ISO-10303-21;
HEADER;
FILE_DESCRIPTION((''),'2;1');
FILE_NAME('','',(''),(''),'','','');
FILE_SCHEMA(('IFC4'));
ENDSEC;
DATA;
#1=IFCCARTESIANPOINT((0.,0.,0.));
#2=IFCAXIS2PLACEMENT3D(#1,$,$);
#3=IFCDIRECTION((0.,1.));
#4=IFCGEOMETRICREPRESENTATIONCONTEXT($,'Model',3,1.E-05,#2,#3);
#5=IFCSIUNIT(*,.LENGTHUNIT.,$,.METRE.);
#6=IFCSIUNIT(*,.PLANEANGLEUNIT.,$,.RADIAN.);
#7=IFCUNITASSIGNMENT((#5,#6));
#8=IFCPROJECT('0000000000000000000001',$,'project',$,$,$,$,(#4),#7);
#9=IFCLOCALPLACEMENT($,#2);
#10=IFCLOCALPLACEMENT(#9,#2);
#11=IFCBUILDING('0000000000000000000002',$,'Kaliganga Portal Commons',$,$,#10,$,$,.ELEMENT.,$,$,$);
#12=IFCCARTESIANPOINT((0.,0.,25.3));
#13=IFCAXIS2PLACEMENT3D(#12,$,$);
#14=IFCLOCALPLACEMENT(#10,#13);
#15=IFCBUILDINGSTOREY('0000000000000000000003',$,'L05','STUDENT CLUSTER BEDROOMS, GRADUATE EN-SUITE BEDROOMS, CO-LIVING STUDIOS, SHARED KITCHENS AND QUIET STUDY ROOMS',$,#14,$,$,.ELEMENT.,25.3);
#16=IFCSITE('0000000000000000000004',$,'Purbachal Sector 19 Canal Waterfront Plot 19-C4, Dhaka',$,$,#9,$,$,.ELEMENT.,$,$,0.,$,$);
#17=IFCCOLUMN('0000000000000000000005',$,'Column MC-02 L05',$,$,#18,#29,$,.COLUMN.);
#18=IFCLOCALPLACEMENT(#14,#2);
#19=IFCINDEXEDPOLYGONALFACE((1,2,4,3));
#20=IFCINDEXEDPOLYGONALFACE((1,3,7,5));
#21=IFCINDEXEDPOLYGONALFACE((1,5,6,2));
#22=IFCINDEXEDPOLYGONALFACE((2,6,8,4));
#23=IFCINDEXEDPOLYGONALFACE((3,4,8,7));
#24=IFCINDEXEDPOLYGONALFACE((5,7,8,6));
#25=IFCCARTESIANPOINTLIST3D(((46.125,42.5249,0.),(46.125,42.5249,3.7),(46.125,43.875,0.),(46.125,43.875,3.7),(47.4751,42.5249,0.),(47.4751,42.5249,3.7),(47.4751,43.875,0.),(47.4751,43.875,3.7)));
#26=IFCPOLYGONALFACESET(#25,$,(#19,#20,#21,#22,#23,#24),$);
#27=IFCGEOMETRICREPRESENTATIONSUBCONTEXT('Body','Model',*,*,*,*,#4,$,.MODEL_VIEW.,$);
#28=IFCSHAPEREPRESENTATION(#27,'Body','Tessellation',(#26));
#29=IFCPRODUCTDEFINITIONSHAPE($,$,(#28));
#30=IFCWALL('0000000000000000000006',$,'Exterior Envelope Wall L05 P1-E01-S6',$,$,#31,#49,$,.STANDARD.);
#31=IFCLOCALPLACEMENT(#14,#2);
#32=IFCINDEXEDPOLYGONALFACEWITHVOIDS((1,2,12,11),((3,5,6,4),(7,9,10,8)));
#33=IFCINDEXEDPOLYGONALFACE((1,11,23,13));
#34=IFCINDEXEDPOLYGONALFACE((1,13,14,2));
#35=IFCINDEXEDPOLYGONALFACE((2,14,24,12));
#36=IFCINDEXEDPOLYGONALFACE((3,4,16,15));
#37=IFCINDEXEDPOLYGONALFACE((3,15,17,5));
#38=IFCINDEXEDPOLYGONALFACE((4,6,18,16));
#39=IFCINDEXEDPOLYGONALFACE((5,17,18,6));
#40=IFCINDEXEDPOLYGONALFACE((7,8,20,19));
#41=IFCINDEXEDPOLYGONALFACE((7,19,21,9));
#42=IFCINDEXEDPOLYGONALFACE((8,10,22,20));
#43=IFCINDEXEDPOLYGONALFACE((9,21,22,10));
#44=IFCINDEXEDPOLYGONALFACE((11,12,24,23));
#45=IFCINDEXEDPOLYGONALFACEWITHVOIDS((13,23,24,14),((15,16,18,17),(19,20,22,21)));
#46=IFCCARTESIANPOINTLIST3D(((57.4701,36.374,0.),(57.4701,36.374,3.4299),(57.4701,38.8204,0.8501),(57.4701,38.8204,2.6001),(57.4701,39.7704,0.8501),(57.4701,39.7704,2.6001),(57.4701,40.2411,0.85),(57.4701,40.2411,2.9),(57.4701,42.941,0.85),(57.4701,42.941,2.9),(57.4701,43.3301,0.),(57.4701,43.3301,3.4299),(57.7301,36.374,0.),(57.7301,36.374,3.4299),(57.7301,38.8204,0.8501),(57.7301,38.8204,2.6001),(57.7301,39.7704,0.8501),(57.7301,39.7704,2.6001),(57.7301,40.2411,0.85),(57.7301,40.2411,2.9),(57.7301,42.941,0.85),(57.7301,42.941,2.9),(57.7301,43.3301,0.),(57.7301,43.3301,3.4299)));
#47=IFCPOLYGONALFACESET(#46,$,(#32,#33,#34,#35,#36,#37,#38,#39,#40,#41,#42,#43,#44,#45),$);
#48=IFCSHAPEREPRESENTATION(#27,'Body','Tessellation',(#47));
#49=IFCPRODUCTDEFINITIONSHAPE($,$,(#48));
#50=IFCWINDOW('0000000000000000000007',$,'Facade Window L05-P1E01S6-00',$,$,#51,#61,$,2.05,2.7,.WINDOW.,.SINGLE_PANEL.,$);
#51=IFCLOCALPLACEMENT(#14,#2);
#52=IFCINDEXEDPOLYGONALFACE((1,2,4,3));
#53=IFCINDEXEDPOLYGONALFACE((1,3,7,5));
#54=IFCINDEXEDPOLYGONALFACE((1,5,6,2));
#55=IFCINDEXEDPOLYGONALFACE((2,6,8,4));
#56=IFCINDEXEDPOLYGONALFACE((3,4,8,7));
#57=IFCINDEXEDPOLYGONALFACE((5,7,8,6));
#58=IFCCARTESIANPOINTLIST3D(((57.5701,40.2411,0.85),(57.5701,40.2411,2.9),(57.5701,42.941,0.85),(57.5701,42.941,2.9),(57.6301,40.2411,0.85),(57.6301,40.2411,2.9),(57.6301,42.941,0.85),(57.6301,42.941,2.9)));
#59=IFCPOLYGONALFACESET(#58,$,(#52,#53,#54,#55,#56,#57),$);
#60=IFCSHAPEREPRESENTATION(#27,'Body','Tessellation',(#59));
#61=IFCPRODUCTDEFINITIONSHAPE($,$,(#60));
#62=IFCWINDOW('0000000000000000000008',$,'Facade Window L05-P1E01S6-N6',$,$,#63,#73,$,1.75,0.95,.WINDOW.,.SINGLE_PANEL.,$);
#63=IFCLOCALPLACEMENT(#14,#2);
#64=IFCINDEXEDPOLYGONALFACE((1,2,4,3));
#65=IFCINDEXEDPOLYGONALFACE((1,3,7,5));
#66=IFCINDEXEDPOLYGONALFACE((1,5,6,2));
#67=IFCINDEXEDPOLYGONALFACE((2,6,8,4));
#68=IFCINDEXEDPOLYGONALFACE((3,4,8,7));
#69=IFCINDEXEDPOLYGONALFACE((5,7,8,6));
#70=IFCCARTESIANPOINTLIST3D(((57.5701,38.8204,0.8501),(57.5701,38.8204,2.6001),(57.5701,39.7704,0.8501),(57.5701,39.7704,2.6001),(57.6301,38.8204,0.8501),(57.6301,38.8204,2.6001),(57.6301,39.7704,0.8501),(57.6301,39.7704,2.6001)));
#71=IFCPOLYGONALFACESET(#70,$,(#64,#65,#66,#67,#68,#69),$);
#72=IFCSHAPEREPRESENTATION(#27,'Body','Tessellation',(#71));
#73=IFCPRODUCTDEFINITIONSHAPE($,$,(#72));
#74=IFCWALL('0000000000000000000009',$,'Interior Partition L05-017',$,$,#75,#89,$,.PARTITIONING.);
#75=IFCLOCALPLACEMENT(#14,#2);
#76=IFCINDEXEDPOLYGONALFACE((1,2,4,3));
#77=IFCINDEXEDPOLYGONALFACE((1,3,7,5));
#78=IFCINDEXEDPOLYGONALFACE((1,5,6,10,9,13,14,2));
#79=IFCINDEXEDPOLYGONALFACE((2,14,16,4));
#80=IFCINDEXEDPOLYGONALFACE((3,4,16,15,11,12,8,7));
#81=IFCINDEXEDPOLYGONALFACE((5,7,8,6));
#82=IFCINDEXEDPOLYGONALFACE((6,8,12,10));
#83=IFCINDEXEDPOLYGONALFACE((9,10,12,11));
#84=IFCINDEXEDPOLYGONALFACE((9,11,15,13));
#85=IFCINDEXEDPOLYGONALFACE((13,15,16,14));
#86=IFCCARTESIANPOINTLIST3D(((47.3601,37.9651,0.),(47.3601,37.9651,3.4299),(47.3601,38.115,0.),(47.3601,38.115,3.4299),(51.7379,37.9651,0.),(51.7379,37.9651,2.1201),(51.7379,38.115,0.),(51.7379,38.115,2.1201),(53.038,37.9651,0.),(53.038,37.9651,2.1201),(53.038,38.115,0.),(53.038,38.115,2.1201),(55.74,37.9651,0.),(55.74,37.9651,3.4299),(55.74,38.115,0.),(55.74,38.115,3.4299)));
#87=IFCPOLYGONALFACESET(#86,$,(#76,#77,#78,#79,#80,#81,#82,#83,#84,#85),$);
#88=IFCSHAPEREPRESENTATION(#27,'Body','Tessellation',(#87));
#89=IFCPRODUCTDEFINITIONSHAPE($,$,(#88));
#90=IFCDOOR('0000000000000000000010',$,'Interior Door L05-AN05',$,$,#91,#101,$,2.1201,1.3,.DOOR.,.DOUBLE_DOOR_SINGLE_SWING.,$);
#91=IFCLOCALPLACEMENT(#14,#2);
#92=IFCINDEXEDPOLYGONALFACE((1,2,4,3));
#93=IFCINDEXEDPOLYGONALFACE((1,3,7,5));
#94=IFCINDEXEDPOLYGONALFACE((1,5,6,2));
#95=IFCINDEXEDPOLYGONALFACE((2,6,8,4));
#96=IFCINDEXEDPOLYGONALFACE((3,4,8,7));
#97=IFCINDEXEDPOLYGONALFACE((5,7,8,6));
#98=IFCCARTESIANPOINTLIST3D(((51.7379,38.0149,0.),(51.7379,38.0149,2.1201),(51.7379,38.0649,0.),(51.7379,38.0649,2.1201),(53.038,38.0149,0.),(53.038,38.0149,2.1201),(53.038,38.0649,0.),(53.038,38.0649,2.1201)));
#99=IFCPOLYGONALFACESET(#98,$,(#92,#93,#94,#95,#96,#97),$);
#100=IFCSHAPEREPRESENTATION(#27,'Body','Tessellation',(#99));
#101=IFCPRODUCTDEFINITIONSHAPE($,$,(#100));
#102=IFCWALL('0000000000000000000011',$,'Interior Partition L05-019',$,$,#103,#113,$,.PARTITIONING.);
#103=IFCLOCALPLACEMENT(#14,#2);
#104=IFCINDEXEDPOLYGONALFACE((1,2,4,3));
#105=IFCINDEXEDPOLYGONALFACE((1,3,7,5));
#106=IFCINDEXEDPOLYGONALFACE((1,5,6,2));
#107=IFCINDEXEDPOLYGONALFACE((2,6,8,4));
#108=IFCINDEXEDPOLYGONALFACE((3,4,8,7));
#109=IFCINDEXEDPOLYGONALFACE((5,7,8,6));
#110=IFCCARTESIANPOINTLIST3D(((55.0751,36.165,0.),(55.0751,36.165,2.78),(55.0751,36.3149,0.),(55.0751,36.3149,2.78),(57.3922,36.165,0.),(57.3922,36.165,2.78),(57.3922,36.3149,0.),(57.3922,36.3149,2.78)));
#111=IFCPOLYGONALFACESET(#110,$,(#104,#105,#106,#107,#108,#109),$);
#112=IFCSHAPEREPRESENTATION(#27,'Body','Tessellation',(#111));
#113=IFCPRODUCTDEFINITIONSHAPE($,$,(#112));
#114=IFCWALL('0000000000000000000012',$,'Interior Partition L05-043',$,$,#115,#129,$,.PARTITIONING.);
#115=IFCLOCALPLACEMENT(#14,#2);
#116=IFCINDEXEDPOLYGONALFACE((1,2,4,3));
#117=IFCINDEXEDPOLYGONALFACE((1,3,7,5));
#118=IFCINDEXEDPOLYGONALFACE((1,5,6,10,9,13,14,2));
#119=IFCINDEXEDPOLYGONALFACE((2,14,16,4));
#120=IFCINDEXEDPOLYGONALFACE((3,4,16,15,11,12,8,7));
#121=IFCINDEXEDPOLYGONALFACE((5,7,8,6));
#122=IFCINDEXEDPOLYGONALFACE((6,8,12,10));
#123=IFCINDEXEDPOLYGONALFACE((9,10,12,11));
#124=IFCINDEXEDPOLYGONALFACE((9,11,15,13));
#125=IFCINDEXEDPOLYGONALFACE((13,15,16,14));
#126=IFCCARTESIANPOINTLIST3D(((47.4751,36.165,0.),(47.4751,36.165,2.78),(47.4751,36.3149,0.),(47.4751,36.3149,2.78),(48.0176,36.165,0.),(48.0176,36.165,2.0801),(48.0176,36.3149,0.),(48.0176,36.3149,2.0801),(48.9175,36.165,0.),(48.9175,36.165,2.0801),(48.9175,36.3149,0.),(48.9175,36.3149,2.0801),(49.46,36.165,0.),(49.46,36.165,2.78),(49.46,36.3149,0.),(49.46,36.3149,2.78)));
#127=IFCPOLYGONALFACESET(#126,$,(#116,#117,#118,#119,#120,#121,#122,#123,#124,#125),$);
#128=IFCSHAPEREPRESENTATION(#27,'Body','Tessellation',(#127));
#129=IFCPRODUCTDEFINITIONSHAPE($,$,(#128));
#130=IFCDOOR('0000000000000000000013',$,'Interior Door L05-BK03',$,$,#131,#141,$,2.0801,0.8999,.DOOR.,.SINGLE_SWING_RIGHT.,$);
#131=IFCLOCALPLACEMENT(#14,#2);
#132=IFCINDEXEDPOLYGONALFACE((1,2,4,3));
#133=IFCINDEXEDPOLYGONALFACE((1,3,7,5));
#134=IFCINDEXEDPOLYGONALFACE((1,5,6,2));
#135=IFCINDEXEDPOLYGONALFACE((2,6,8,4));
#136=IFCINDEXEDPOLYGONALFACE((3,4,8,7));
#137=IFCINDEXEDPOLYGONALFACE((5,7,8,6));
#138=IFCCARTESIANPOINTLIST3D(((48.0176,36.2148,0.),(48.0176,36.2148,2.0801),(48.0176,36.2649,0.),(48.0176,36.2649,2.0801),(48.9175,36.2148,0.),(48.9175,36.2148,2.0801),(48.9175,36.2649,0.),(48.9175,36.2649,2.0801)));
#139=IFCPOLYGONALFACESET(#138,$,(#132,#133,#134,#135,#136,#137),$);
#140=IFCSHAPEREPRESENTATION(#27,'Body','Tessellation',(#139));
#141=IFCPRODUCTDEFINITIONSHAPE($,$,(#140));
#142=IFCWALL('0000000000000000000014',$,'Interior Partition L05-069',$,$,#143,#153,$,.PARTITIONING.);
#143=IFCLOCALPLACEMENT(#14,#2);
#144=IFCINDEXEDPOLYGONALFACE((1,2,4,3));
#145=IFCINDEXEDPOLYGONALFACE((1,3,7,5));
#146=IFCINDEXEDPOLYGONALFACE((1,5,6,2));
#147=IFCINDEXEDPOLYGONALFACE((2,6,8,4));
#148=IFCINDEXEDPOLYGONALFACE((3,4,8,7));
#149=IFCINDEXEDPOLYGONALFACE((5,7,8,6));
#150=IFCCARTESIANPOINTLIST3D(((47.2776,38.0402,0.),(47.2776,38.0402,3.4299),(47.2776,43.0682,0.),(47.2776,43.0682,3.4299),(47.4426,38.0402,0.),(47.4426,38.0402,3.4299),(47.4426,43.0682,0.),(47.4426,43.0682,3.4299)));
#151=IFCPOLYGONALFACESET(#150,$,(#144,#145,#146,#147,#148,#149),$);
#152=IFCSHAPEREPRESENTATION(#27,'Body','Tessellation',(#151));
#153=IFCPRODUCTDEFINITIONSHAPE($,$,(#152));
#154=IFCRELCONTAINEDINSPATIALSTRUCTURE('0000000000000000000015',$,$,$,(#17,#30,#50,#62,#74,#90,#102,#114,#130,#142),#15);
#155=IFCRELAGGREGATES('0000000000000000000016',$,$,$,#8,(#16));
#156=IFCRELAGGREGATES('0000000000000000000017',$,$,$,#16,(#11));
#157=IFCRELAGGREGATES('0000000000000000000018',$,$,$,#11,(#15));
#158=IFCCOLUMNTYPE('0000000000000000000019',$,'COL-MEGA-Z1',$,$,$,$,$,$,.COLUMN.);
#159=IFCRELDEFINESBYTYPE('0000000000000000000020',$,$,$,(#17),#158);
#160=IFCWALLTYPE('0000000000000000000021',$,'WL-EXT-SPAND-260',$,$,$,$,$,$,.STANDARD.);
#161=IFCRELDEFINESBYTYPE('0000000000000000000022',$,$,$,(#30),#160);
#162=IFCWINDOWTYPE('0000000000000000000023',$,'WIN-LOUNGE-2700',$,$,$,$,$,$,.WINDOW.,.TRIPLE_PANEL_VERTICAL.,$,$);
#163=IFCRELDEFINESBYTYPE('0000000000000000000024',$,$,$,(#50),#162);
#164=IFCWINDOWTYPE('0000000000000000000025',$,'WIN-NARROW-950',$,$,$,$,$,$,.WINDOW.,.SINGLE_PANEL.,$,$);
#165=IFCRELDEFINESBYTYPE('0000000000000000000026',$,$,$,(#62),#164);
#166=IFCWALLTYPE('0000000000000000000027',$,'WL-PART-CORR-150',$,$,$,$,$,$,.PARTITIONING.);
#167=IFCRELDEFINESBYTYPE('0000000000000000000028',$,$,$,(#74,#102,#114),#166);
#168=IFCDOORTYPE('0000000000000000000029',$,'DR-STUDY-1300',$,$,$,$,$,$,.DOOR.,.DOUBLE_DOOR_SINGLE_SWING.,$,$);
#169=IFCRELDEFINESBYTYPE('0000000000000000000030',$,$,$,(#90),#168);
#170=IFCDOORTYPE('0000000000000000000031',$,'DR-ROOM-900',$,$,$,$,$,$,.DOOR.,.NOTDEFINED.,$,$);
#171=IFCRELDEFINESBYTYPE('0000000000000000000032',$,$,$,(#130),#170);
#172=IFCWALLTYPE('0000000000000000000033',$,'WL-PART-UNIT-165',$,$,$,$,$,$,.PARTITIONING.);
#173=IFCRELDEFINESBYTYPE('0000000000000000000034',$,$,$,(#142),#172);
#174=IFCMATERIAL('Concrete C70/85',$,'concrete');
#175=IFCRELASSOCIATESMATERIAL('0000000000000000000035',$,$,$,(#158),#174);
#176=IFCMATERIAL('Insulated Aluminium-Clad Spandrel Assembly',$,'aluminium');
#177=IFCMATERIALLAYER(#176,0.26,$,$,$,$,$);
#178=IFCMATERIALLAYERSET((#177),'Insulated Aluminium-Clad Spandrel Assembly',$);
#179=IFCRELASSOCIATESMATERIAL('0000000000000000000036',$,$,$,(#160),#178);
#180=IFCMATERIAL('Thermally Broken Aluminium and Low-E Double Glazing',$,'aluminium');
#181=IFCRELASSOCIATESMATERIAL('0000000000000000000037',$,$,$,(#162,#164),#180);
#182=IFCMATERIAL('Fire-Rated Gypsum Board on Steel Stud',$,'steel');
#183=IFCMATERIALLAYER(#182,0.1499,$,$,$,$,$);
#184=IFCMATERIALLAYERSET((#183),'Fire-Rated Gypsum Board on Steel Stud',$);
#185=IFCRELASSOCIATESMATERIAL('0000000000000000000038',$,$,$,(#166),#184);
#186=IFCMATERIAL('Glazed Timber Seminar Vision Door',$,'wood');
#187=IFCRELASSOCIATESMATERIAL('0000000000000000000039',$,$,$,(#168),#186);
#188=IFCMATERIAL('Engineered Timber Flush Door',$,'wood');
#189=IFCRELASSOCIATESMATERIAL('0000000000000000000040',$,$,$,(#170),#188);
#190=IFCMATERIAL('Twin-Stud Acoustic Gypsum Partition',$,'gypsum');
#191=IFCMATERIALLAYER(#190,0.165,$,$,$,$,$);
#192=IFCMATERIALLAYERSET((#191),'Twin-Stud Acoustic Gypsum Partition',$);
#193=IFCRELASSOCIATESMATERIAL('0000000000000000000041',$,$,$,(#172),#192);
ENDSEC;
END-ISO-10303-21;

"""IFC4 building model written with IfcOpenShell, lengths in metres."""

from ifc_helpers import new_model, si_unit, direction, frame, frame_2d, origin, origin_2d, place, context, subcontext, project, spatial, rectangle, extrude, source, transform, mapped, material, layer, layer_set, material_profile, profile_set, type_object, element, fill, save


model = new_model("IFC4")

# Units and contexts
model_context = context("Model", 3, precision=1e-05, world=origin(), true_north=direction((0.0, 1.0)))
body_context = subcontext(model_context, "Body", "Model", "MODEL_VIEW")
ifc_project = project(units=[si_unit("LENGTHUNIT", "METRE"), si_unit("PLANEANGLEUNIT", "RADIAN")], contexts=[model_context])

# Site, building, storey
site_placement = place(None, origin())
site = spatial("IfcSite", under=ifc_project, at=site_placement, Name="Purbachal Sector 19 Canal Waterfront Plot 19-C4, Dhaka", CompositionType="ELEMENT", RefElevation=0.0)
building_placement = place(site_placement, origin())
building = spatial("IfcBuilding", under=site, at=building_placement, Name="Kaliganga Portal Commons", CompositionType="ELEMENT")
storey_placement = place(building_placement, frame((0.0, 0.0, 25.3)))
storey = spatial("IfcBuildingStorey", under=building, at=storey_placement, Name="L05", Description="STUDENT CLUSTER BEDROOMS, GRADUATE EN-SUITE BEDROOMS, CO-LIVING STUDIOS, SHARED KITCHENS AND QUIET STUDY ROOMS", CompositionType="ELEMENT", Elevation=25.3)

# Column
ifc_material_1 = material(Name="Concrete C70/85", Category="concrete")
ifc_material_profile = material_profile(ifc_material_1, rectangle(XDim=1.3501, YDim=1.3501, at=origin_2d()), Name="RC 1350x1350")
ifc_profile_set = profile_set([ifc_material_profile], Name="Concrete C70/85")
column_type = type_object("IfcColumnType", Name="COL-MEGA-Z1", PredefinedType="COLUMN", material=ifc_profile_set)
shared_shape = source(origin(), body_context, "Body", "SweptSolid", [
    extrude(rectangle(XDim=1.3501, YDim=1.3501, at=origin_2d()), origin(), (0.0, 0.0, 1.0), 3.7),
])
column_placement = place(storey_placement, frame((46.8, 43.2, 0.0), z_axis=(0.0, 0.0, 1.0), x_axis=(1.0, 0.0, 0.0)))
element("IfcColumn", 1, at=column_placement, inside=storey, type_object=column_type, Name="Column MC-02 L05", PredefinedType="COLUMN", context=body_context, shape_type="MappedRepresentation", body=[
    mapped(shared_shape, transform((0.0, 0.0, 0.0), x_axis=(1.0, 0.0, 0.0), y_axis=(0.0, 1.0, 0.0), z_axis=(0.0, 0.0, 1.0), scale=1.0)),
])

# Wall, openings, windows
ifc_material_2 = material(Name="Insulated Aluminium-Clad Spandrel Assembly", Category="aluminium")
ifc_layer_1 = layer(ifc_material_2, 0.26)
ifc_layer_set_1 = layer_set([ifc_layer_1], Name="Insulated Aluminium-Clad Spandrel Assembly")
wall_type_1 = type_object("IfcWallType", Name="WL-EXT-SPAND-260", PredefinedType="STANDARD", material=ifc_layer_set_1)
wall_1_placement = place(storey_placement, frame((57.6001, 43.3301, 0.0), z_axis=(0.0, 0.0, 1.0), x_axis=(0.0, -1.0, 0.0)))
wall_1 = element("IfcWall", 2, at=wall_1_placement, inside=storey, type_object=wall_type_1, Name="Exterior Envelope Wall L05 P1-E01-S6", PredefinedType="STANDARD", context=body_context, shape_type="SweptSolid", body=[
    extrude(rectangle(XDim=6.9561, YDim=0.26, at=frame_2d((3.478, 0.0))), origin(), (0.0, 0.0, 1.0), 3.4299),
])
opening_1_placement = place(wall_1_placement, frame((0.3889, 0.0, 0.8501)))
opening_1 = element("IfcOpeningElement", 3, at=opening_1_placement, cuts=wall_1, PredefinedType="OPENING", context=body_context, shape_type="SweptSolid", body=[
    extrude(rectangle(XDim=2.7, YDim=2.05, at=frame_2d((1.3501, 1.0249))), frame((0.0, 0.1401, 0.0), z_axis=(0.0, -1.0, 0.0), x_axis=(1.0, 0.0, 0.0)), (0.0, 0.0, 1.0), 0.28),
])
opening_2_placement = place(wall_1_placement, frame((3.5596, 0.0, 0.8501)))
opening_2 = element("IfcOpeningElement", 4, at=opening_2_placement, cuts=wall_1, PredefinedType="OPENING", context=body_context, shape_type="SweptSolid", body=[
    extrude(rectangle(XDim=0.95, YDim=1.75, at=frame_2d((0.4751, 0.875))), frame((0.0, 0.1401, 0.0), z_axis=(0.0, -1.0, 0.0), x_axis=(1.0, 0.0, 0.0)), (0.0, 0.0, 1.0), 0.28),
])
ifc_material_3 = material(Name="Thermally Broken Aluminium and Low-E Double Glazing", Category="aluminium")
window_type_1 = type_object("IfcWindowType", Name="WIN-LOUNGE-2700", PartitioningType="TRIPLE_PANEL_VERTICAL", PredefinedType="WINDOW", material=ifc_material_3)
window_1_placement = place(opening_1_placement, origin())
window_1 = element("IfcWindow", 5, at=window_1_placement, inside=storey, type_object=window_type_1, Name="Facade Window L05-P1E01S6-00", OverallHeight=2.05, OverallWidth=2.7, PartitioningType="SINGLE_PANEL", PredefinedType="WINDOW", context=body_context, shape_type="SweptSolid", body=[
    extrude(rectangle(XDim=2.7, YDim=2.05, at=frame_2d((1.3501, 1.0249))), frame((0.0, 0.03, 0.0), z_axis=(0.0, -1.0, 0.0), x_axis=(1.0, 0.0, 0.0)), (0.0, 0.0, 1.0), 0.0601),
])
fill(opening_1, window_1)
window_type_2 = type_object("IfcWindowType", Name="WIN-NARROW-950", PartitioningType="SINGLE_PANEL", PredefinedType="WINDOW", material=ifc_material_3)
window_2_placement = place(opening_2_placement, origin())
window_2 = element("IfcWindow", 6, at=window_2_placement, inside=storey, type_object=window_type_2, Name="Facade Window L05-P1E01S6-N6", OverallHeight=1.75, OverallWidth=0.95, PartitioningType="SINGLE_PANEL", PredefinedType="WINDOW", context=body_context, shape_type="SweptSolid", body=[
    extrude(rectangle(XDim=0.95, YDim=1.75, at=frame_2d((0.4751, 0.875))), frame((0.0, 0.03, 0.0), z_axis=(0.0, -1.0, 0.0), x_axis=(1.0, 0.0, 0.0)), (0.0, 0.0, 1.0), 0.0601),
])
fill(opening_2, window_2)

# Wall, opening, door
ifc_material_4 = material(Name="Fire-Rated Gypsum Board on Steel Stud", Category="steel")
ifc_layer_2 = layer(ifc_material_4, 0.1499)
ifc_layer_set_2 = layer_set([ifc_layer_2], Name="Fire-Rated Gypsum Board on Steel Stud")
wall_type_2 = type_object("IfcWallType", Name="WL-PART-CORR-150", PredefinedType="PARTITIONING", material=ifc_layer_set_2)
wall_2_placement = place(storey_placement, frame((47.3601, 38.04, 0.0), z_axis=(0.0, 0.0, 1.0), x_axis=(1.0, 0.0, 0.0)))
wall_2 = element("IfcWall", 7, at=wall_2_placement, inside=storey, type_object=wall_type_2, Name="Interior Partition L05-017", PredefinedType="PARTITIONING", context=body_context, shape_type="SweptSolid", body=[
    extrude(rectangle(XDim=8.3799, YDim=0.1499, at=frame_2d((4.1899, 0.0))), origin(), (0.0, 0.0, 1.0), 3.4299),
])
opening_3_placement = place(wall_2_placement, frame((4.3779, 0.0, 0.0)))
opening_3 = element("IfcOpeningElement", 8, at=opening_3_placement, cuts=wall_2, PredefinedType="OPENING", context=body_context, shape_type="SweptSolid", body=[
    extrude(rectangle(XDim=1.3, YDim=2.1201, at=frame_2d((0.6499, 1.0601))), frame((0.0, 0.085, 0.0), z_axis=(0.0, -1.0, 0.0), x_axis=(1.0, 0.0, 0.0)), (0.0, 0.0, 1.0), 0.1699),
])
ifc_material_5 = material(Name="Glazed Timber Seminar Vision Door", Category="wood")
door_type_1 = type_object("IfcDoorType", Name="DR-STUDY-1300", OperationType="DOUBLE_DOOR_SINGLE_SWING", PredefinedType="DOOR", material=ifc_material_5)
door_1_placement = place(opening_3_placement, origin())
door_1 = element("IfcDoor", 9, at=door_1_placement, inside=storey, type_object=door_type_1, Name="Interior Door L05-AN05", OperationType="DOUBLE_DOOR_SINGLE_SWING", OverallHeight=2.1201, OverallWidth=1.3, PredefinedType="DOOR", context=body_context, shape_type="SweptSolid", body=[
    extrude(rectangle(XDim=1.3, YDim=2.1201, at=frame_2d((0.6499, 1.0601))), frame((0.0, 0.0249, 0.0), z_axis=(0.0, -1.0, 0.0), x_axis=(1.0, 0.0, 0.0)), (0.0, 0.0, 1.0), 0.05),
])
fill(opening_3, door_1)

# Wall
wall_3_placement = place(storey_placement, frame((55.075, 36.24, 0.0), z_axis=(0.0, 0.0, 1.0), x_axis=(1.0, 0.0, 0.0)))
element("IfcWall", 10, at=wall_3_placement, inside=storey, type_object=wall_type_2, Name="Interior Partition L05-019", PredefinedType="PARTITIONING", context=body_context, shape_type="SweptSolid", body=[
    extrude(rectangle(XDim=2.3171, YDim=0.1499, at=frame_2d((1.1587, 0.0))), origin(), (0.0, 0.0, 1.0), 2.78),
])

# Wall, opening, door
wall_4_placement = place(storey_placement, frame((47.4751, 36.24, 0.0), z_axis=(0.0, 0.0, 1.0), x_axis=(1.0, 0.0, 0.0)))
wall_4 = element("IfcWall", 11, at=wall_4_placement, inside=storey, type_object=wall_type_2, Name="Interior Partition L05-043", PredefinedType="PARTITIONING", context=body_context, shape_type="SweptSolid", body=[
    extrude(rectangle(XDim=1.9849, YDim=0.1499, at=frame_2d((0.9924, 0.0))), origin(), (0.0, 0.0, 1.0), 2.78),
])
opening_4_placement = place(wall_4_placement, frame((0.5425, 0.0, 0.0)))
opening_4 = element("IfcOpeningElement", 12, at=opening_4_placement, cuts=wall_4, PredefinedType="OPENING", context=body_context, shape_type="SweptSolid", body=[
    extrude(rectangle(XDim=0.8999, YDim=2.0801, at=frame_2d((0.45, 1.04))), frame((0.0, 0.085, 0.0), z_axis=(0.0, -1.0, 0.0), x_axis=(1.0, 0.0, 0.0)), (0.0, 0.0, 1.0), 0.1699),
])
ifc_material_6 = material(Name="Engineered Timber Flush Door", Category="wood")
door_type_2 = type_object("IfcDoorType", Name="DR-ROOM-900", OperationType="NOTDEFINED", PredefinedType="DOOR", material=ifc_material_6)
door_2_placement = place(opening_4_placement, origin())
door_2 = element("IfcDoor", 13, at=door_2_placement, inside=storey, type_object=door_type_2, Name="Interior Door L05-BK03", OperationType="SINGLE_SWING_RIGHT", OverallHeight=2.0801, OverallWidth=0.8999, PredefinedType="DOOR", context=body_context, shape_type="SweptSolid", body=[
    extrude(rectangle(XDim=0.8999, YDim=2.0801, at=frame_2d((0.45, 1.04))), frame((0.0, 0.0249, 0.0), z_axis=(0.0, -1.0, 0.0), x_axis=(1.0, 0.0, 0.0)), (0.0, 0.0, 1.0), 0.05),
])
fill(opening_4, door_2)

# Wall
ifc_material_7 = material(Name="Twin-Stud Acoustic Gypsum Partition", Category="gypsum")
ifc_layer_3 = layer(ifc_material_7, 0.165)
ifc_layer_set_3 = layer_set([ifc_layer_3], Name="Twin-Stud Acoustic Gypsum Partition")
wall_type_3 = type_object("IfcWallType", Name="WL-PART-UNIT-165", PredefinedType="PARTITIONING", material=ifc_layer_set_3)
wall_5_placement = place(storey_placement, frame((47.3601, 38.04, 0.0), z_axis=(0.0, 0.0, 1.0), x_axis=(0.0, 1.0, 0.0)))
element("IfcWall", 14, at=wall_5_placement, inside=storey, type_object=wall_type_3, Name="Interior Partition L05-069", PredefinedType="PARTITIONING", context=body_context, shape_type="SweptSolid", body=[
    extrude(rectangle(XDim=5.0281, YDim=0.165, at=frame_2d((2.5142, 0.0))), origin(), (0.0, 0.0, 1.0), 3.4299),
])

save(model, "model.ifc")
